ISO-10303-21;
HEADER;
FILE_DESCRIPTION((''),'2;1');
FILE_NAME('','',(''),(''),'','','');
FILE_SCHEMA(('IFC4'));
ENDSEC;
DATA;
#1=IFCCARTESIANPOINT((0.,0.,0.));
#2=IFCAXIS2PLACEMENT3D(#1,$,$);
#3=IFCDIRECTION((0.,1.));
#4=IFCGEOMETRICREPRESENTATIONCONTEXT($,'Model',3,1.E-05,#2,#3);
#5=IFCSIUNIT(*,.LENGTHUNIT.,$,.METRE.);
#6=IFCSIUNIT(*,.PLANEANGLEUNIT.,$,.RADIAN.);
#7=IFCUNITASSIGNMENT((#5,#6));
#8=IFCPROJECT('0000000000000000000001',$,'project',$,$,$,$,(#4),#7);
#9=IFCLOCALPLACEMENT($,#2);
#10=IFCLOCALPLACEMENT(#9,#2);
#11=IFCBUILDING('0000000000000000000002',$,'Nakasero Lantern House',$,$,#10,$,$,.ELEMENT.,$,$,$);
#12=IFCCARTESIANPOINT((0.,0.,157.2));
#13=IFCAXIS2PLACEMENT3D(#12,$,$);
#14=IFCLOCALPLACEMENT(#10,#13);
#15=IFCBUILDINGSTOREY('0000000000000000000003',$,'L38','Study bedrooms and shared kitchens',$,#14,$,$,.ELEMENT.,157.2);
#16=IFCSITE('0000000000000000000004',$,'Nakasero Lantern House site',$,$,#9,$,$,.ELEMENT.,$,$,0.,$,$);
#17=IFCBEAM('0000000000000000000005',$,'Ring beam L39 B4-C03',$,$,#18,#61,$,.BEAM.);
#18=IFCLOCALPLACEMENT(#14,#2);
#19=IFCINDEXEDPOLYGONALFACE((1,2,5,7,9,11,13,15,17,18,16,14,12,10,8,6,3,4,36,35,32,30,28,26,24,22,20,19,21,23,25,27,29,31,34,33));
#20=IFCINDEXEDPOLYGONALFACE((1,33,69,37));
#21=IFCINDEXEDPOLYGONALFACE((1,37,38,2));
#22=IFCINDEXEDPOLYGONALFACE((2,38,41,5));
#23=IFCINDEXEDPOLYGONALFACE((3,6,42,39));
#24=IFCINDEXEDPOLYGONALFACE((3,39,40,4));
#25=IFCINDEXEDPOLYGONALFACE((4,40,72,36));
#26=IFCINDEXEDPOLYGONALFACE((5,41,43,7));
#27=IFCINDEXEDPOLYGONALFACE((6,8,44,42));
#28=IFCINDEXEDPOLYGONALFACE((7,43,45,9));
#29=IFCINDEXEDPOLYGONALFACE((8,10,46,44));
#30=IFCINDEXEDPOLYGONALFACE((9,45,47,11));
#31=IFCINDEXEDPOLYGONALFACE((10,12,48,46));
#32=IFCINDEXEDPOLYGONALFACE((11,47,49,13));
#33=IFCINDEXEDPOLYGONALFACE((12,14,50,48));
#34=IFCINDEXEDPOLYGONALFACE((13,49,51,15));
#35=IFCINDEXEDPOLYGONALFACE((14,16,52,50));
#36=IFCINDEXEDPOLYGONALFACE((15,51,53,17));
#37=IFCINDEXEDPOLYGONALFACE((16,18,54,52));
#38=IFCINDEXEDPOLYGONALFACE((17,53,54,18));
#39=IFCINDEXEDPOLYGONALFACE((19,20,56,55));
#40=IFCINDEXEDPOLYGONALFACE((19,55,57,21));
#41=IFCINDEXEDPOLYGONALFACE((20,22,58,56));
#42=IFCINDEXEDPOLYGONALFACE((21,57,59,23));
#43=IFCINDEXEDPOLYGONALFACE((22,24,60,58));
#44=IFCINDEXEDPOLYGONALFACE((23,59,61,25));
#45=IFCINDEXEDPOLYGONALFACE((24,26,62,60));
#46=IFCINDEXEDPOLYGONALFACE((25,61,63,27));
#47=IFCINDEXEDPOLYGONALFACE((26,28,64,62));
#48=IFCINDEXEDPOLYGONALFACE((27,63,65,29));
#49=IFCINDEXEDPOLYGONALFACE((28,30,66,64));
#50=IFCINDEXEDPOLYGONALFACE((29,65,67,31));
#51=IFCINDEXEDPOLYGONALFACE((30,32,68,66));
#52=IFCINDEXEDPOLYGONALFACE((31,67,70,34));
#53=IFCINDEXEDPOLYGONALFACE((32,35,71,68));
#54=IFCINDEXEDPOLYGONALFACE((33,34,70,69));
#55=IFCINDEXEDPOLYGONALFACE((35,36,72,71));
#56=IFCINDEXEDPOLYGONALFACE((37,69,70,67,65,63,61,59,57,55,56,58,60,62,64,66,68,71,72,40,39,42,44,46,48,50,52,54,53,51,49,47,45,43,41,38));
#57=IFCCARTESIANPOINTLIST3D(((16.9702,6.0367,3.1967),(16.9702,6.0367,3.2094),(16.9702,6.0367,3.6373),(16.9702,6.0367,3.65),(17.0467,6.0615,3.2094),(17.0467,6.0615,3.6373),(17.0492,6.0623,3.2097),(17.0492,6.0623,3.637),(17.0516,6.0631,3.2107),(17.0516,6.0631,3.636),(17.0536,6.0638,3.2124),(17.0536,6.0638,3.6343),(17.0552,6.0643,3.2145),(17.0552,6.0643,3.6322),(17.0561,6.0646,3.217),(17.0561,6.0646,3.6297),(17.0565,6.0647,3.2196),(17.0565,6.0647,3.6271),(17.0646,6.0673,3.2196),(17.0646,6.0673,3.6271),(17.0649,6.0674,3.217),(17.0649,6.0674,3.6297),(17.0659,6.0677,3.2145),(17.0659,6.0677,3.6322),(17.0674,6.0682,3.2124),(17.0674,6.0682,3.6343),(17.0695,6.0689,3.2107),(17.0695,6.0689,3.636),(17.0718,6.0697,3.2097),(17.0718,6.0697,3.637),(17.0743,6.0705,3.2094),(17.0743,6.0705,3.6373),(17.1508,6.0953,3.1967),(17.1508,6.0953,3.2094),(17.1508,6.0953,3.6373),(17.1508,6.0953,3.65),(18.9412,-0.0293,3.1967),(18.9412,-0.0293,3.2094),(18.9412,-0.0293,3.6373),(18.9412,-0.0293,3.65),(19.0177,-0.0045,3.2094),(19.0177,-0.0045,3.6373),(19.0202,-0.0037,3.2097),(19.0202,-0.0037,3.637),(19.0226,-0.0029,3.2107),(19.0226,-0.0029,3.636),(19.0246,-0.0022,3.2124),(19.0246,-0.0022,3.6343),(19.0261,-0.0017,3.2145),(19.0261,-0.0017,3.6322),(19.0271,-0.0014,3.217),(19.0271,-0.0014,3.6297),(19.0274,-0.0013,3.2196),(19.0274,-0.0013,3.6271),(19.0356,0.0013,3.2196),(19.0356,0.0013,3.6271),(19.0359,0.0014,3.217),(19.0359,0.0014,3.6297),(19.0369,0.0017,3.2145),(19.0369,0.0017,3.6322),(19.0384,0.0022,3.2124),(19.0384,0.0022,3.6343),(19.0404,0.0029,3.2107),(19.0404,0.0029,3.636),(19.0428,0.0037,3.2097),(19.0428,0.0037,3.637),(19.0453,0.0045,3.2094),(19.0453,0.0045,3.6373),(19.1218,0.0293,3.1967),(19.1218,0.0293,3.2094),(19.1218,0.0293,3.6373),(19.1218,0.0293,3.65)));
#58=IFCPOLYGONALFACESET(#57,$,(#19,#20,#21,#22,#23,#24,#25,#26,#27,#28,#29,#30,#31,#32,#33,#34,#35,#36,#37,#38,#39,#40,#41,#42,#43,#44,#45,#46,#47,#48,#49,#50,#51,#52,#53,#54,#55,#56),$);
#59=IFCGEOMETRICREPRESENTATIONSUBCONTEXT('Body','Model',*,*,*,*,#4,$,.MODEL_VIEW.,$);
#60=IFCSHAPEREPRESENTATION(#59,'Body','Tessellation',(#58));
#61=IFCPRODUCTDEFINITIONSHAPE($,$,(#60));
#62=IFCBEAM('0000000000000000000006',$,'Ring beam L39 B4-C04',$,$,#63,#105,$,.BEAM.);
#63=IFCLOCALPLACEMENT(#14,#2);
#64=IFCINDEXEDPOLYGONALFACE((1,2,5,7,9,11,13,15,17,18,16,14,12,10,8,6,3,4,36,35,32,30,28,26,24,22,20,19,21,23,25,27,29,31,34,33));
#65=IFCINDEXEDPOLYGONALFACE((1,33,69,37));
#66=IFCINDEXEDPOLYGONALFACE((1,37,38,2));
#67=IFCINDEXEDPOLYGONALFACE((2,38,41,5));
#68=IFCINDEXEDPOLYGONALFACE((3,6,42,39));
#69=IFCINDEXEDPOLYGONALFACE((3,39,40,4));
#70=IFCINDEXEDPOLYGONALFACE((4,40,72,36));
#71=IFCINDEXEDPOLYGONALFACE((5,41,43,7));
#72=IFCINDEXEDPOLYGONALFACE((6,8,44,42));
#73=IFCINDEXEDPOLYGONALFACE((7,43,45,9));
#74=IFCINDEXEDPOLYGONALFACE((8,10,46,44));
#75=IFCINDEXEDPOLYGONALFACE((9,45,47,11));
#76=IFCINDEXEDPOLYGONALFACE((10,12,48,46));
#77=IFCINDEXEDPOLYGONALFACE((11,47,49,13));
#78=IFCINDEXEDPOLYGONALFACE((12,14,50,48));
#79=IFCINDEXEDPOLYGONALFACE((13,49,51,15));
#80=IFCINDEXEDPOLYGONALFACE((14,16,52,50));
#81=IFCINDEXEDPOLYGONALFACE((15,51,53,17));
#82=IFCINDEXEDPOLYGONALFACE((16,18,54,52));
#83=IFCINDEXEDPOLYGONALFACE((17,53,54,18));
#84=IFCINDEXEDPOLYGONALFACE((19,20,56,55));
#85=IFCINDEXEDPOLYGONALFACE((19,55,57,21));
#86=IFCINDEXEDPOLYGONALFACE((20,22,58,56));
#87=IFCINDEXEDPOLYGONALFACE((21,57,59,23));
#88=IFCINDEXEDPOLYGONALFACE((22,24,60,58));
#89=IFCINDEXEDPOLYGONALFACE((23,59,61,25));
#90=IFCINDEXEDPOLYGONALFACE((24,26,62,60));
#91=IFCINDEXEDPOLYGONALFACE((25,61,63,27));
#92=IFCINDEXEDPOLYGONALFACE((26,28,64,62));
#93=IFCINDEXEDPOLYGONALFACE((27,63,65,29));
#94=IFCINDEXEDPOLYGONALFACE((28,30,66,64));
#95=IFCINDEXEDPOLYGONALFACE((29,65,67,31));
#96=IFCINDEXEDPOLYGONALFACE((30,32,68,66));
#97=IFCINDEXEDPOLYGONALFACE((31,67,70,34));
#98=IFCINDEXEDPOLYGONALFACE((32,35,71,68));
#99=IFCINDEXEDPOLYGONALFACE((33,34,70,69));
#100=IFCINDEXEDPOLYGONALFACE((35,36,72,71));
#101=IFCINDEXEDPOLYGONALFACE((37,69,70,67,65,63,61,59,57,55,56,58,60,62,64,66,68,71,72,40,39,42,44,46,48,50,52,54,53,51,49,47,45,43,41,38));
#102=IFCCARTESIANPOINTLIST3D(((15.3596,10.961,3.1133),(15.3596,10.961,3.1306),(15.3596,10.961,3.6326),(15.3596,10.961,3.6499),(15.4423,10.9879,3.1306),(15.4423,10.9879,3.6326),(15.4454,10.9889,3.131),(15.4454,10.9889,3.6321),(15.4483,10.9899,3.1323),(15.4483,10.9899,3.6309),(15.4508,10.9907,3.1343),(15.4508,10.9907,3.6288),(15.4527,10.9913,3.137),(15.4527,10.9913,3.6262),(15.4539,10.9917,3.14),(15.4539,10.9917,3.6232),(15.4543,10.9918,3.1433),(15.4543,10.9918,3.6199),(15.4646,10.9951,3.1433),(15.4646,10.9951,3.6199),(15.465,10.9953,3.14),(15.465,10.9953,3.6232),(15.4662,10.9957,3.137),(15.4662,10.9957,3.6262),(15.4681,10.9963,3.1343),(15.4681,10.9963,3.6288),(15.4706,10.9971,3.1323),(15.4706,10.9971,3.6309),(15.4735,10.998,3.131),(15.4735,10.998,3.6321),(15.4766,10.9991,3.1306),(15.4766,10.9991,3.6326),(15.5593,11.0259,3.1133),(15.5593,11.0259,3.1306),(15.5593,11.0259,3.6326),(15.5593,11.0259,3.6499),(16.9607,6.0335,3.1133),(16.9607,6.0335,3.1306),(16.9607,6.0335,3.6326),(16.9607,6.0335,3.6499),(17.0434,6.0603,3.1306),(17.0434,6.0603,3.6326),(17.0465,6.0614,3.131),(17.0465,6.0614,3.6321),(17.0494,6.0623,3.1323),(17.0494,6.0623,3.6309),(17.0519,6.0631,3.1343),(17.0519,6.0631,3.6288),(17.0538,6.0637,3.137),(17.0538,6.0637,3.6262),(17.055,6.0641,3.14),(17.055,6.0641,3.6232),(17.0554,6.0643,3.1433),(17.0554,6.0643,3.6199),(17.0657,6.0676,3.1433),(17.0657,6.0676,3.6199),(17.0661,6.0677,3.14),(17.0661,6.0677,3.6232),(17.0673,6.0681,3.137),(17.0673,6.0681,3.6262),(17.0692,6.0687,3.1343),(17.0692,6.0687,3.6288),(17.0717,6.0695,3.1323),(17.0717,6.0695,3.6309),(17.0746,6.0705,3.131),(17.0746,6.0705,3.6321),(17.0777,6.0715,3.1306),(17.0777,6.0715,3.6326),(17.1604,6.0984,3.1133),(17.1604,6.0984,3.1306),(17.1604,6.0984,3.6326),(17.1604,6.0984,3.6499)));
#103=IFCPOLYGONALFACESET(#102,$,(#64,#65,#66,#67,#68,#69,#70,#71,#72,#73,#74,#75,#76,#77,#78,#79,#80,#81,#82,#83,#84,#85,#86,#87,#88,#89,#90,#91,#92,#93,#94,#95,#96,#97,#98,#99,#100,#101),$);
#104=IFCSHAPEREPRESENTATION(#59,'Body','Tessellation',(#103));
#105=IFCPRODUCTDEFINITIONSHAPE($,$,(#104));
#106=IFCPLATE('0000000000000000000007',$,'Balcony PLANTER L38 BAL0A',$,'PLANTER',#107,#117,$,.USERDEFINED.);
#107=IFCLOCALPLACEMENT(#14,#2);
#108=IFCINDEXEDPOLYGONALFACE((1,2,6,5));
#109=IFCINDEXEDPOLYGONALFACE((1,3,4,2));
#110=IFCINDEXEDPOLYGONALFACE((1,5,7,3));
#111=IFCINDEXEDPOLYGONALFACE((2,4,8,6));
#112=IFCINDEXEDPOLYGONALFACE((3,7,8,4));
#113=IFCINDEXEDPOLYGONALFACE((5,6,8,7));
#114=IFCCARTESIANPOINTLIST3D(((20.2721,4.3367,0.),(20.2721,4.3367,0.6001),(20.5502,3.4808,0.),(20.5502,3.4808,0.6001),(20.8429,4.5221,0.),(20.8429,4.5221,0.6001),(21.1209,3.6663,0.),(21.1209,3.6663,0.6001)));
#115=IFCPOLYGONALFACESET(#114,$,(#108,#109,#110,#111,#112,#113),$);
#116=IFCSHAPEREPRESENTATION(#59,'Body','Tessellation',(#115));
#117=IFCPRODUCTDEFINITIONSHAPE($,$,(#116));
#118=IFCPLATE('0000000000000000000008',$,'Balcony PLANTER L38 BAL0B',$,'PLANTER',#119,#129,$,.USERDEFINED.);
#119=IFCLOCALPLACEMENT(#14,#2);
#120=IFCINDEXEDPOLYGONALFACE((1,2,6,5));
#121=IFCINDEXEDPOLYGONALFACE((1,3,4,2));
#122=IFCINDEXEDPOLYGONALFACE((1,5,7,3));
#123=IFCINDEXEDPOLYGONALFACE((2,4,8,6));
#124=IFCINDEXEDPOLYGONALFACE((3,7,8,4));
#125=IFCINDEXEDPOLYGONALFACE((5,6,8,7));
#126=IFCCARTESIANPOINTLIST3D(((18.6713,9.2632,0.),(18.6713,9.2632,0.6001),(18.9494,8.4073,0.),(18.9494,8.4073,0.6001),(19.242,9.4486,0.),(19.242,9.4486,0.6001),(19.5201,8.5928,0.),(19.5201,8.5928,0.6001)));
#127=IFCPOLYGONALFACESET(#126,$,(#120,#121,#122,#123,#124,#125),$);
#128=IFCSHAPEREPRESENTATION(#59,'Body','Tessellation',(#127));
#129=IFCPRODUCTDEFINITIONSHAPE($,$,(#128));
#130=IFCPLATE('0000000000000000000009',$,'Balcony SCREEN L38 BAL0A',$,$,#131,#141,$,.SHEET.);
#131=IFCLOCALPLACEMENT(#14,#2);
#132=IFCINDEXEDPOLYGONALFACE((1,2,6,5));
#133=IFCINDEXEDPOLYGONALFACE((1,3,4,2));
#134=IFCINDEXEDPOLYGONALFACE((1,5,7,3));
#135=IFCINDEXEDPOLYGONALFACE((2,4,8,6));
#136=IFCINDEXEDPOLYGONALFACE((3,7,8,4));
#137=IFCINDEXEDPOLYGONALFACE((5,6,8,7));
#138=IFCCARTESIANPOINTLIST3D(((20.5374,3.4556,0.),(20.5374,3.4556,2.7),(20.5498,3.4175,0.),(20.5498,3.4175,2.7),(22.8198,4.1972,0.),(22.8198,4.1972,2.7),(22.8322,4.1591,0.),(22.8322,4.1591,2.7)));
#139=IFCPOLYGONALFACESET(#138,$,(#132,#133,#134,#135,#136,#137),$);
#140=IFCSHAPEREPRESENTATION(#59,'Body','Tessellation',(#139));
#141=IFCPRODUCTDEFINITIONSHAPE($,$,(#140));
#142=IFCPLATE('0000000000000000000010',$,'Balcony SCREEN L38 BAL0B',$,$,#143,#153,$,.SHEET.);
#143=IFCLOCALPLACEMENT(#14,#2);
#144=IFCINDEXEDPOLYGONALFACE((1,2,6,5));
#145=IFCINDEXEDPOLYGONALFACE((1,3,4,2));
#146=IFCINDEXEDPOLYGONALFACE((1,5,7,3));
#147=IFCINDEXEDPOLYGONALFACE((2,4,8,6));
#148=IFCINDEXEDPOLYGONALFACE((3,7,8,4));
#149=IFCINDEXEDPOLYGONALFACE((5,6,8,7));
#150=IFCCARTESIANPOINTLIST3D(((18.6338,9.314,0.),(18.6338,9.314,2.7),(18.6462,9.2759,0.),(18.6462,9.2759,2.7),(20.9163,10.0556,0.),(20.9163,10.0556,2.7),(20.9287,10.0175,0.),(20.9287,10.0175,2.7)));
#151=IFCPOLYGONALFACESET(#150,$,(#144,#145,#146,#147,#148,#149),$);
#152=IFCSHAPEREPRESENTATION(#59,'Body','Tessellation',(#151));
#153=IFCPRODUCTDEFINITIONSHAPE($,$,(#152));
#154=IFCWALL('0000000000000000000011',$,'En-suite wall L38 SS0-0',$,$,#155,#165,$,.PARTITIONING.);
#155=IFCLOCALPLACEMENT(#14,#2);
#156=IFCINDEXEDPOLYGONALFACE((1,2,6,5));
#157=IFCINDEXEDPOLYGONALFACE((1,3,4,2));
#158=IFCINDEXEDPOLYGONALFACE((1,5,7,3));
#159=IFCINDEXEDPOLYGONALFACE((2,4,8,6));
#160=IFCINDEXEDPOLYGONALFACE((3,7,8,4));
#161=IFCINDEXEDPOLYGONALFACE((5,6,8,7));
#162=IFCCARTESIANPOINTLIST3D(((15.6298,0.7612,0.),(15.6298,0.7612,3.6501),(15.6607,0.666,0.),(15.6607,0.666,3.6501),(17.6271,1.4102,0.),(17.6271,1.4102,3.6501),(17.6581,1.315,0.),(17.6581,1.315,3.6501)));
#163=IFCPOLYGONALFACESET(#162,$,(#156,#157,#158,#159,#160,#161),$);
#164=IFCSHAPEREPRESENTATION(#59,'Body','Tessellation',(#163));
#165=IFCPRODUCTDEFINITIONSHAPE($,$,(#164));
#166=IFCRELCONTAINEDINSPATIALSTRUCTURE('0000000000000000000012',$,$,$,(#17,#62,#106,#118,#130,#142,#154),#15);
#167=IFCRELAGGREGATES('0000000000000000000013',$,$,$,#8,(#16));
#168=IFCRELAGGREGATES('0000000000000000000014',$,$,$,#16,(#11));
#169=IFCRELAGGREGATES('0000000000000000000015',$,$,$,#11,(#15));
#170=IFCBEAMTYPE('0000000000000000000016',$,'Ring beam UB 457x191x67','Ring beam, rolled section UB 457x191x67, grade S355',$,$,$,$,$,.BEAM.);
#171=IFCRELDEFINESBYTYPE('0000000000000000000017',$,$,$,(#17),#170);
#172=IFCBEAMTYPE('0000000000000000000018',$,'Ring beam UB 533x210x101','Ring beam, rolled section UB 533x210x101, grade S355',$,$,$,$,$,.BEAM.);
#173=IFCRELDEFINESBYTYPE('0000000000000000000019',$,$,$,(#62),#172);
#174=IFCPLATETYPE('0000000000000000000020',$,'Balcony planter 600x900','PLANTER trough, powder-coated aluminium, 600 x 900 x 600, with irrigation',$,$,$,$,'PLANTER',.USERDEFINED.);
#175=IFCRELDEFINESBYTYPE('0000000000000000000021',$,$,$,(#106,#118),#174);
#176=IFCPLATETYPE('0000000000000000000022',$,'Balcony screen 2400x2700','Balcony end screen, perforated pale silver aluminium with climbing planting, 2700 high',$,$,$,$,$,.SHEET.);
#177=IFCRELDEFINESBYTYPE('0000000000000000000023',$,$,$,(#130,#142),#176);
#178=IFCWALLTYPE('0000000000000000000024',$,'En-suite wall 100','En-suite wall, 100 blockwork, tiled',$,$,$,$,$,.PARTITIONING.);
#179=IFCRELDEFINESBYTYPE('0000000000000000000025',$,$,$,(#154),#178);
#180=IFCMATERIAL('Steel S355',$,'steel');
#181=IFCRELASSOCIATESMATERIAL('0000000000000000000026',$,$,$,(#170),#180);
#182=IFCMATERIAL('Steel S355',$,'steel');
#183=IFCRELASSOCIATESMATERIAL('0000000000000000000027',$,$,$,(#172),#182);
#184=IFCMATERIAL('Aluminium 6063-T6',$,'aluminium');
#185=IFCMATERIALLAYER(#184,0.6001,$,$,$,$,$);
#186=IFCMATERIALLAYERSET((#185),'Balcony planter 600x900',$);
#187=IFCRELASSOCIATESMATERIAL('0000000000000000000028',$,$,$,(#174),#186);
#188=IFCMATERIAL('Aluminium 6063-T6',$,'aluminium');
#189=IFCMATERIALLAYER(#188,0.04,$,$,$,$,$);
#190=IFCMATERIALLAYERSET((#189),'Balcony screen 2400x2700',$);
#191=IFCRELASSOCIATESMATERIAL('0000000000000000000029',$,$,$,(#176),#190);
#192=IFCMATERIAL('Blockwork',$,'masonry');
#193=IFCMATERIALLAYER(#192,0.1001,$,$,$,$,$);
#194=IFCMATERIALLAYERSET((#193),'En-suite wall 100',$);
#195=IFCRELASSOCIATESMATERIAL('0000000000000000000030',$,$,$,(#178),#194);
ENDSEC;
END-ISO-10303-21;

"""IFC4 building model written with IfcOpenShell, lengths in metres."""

from ifc_helpers import new_model, si_unit, direction, frame, frame_2d, origin, origin_2d, place, context, subcontext, project, spatial, rectangle, i_section, extrude, material, layer, layer_set, material_profile, profile_set, type_object, element, save


model = new_model("IFC4")

# Units and contexts
model_context = context("Model", 3, precision=1e-05, world=origin(), true_north=direction((0.0, 1.0)))
body_context = subcontext(model_context, "Body", "Model", "MODEL_VIEW")
ifc_project = project(units=[si_unit("LENGTHUNIT", "METRE"), si_unit("PLANEANGLEUNIT", "RADIAN")], contexts=[model_context])

# Site, building, storey
site_placement = place(None, origin())
site = spatial("IfcSite", under=ifc_project, at=site_placement, Name="Nakasero Lantern House site", CompositionType="ELEMENT", RefElevation=0.0)
building_placement = place(site_placement, origin())
building = spatial("IfcBuilding", under=site, at=building_placement, Name="Nakasero Lantern House", CompositionType="ELEMENT")
storey_placement = place(building_placement, frame((0.0, 0.0, 157.2)))
storey = spatial("IfcBuildingStorey", under=building, at=storey_placement, Name="L38", Description="Study bedrooms and shared kitchens", CompositionType="ELEMENT", Elevation=157.2)

# Beams
ifc_material_1 = material(Name="Steel S355", Category="steel")
ifc_material_profile_1 = material_profile(ifc_material_1, i_section(OverallWidth=0.1899, OverallDepth=0.4534, WebThickness=0.0085, FlangeThickness=0.0127, FilletRadius=0.0103, at=origin_2d()), Name="UB 457x191x67")
ifc_profile_set_1 = profile_set([ifc_material_profile_1], Name="Steel S355")
beam_type_1 = type_object("IfcBeamType", Name="Ring beam UB 457x191x67", Description="Ring beam, rolled section UB 457x191x67, grade S355", PredefinedType="BEAM", material=ifc_profile_set_1)
beam_1_placement = place(storey_placement, frame((19.0315, 0.0, 3.4233), z_axis=(-0.309019, 0.951056, 0.0), x_axis=(-0.951056, -0.309019, 0.0)))
element("IfcBeam", 1, at=beam_1_placement, inside=storey, type_object=beam_type_1, Name="Ring beam L39 B4-C03", PredefinedType="BEAM", context=body_context, shape_type="SweptSolid", body=[
    extrude(i_section(OverallWidth=0.1899, OverallDepth=0.4534, WebThickness=0.0085, FlangeThickness=0.0127, FilletRadius=0.0103, at=origin_2d()), origin(), (0.0, 0.0, 1.0), 6.3782),
])
ifc_material_2 = material(Name="Steel S355", Category="steel")
ifc_material_profile_2 = material_profile(ifc_material_2, i_section(OverallWidth=0.21, OverallDepth=0.5366, WebThickness=0.0107, FlangeThickness=0.0173, FilletRadius=0.0127, at=origin_2d()), Name="UB 533x210x101")
ifc_profile_set_2 = profile_set([ifc_material_profile_2], Name="Steel S355")
beam_type_2 = type_object("IfcBeamType", Name="Ring beam UB 533x210x101", Description="Ring beam, rolled section UB 533x210x101, grade S355", PredefinedType="BEAM", material=ifc_profile_set_2)
beam_2_placement = place(storey_placement, frame((17.0605, 6.0659, 3.3816), z_axis=(-0.309023, 0.951054, 0.0), x_axis=(-0.951054, -0.309023, 0.0)))
element("IfcBeam", 2, at=beam_2_placement, inside=storey, type_object=beam_type_2, Name="Ring beam L39 B4-C04", PredefinedType="BEAM", context=body_context, shape_type="SweptSolid", body=[
    extrude(i_section(OverallWidth=0.21, OverallDepth=0.5366, WebThickness=0.0107, FlangeThickness=0.0173, FilletRadius=0.0127, at=origin_2d()), origin(), (0.0, 0.0, 1.0), 5.1812),
])

# Plates
ifc_material_3 = material(Name="Aluminium 6063-T6", Category="aluminium")
ifc_layer_1 = layer(ifc_material_3, 0.6001)
ifc_layer_set_1 = layer_set([ifc_layer_1], Name="Balcony planter 600x900")
plate_type_1 = type_object("IfcPlateType", Name="Balcony planter 600x900", Description="PLANTER trough, powder-coated aluminium, 600 x 900 x 600, with irrigation", ElementType="PLANTER", PredefinedType="USERDEFINED", material=ifc_layer_set_1)
for number, where, z_axis, x_axis, name in (
    (3, (20.6965, 4.0015, 0.0), (0.0, 0.0, 1.0), (0.951057, 0.309017, 0.0), "Balcony PLANTER L38 BAL0A"),
    (4, (19.0957, 8.928, 0.0), (0.0, 0.0, 1.0), (0.951057, 0.309017, 0.0), "Balcony PLANTER L38 BAL0B"),
):
    element("IfcPlate", number, at=place(storey_placement, frame(where, z_axis=z_axis, x_axis=x_axis)), inside=storey, type_object=plate_type_1, Name=name, ObjectType="PLANTER", PredefinedType="USERDEFINED", context=body_context, shape_type="SweptSolid", body=[
        extrude(rectangle(XDim=0.6001, YDim=0.8999, at=origin_2d()), origin(), (0.0, 0.0, 1.0), 0.6001),
    ])
ifc_material_4 = material(Name="Aluminium 6063-T6", Category="aluminium")
ifc_layer_2 = layer(ifc_material_4, 0.04)
ifc_layer_set_2 = layer_set([ifc_layer_2], Name="Balcony screen 2400x2700")
plate_type_2 = type_object("IfcPlateType", Name="Balcony screen 2400x2700", Description="Balcony end screen, perforated pale silver aluminium with climbing planting, 2700 high", PredefinedType="SHEET", material=ifc_layer_set_2)
for number, where, z_axis, x_axis, name in (
    (5, (21.6848, 3.8074, 0.0), (0.0, 0.0, 1.0), (0.951057, 0.309017, 0.0), "Balcony SCREEN L38 BAL0A"),
    (6, (19.7812, 9.6658, 0.0), (0.0, 0.0, 1.0), (0.951057, 0.309017, 0.0), "Balcony SCREEN L38 BAL0B"),
):
    element("IfcPlate", number, at=place(storey_placement, frame(where, z_axis=z_axis, x_axis=x_axis)), inside=storey, type_object=plate_type_2, Name=name, PredefinedType="SHEET", context=body_context, shape_type="SweptSolid", body=[
        extrude(rectangle(XDim=2.3999, YDim=0.04, at=origin_2d()), origin(), (0.0, 0.0, 1.0), 2.7),
    ])

# Wall
ifc_material_5 = material(Name="Blockwork", Category="masonry")
ifc_layer_3 = layer(ifc_material_5, 0.1001)
ifc_layer_set_3 = layer_set([ifc_layer_3], Name="En-suite wall 100")
wall_type_1 = type_object("IfcWallType", Name="En-suite wall 100", Description="En-suite wall, 100 blockwork, tiled", PredefinedType="PARTITIONING", material=ifc_layer_set_3)
wall_1_placement = place(storey_placement, frame((15.6453, 0.7136, 0.0), z_axis=(0.0, 0.0, 1.0), x_axis=(0.951062, 0.308999, 0.0)))
element("IfcWall", 7, at=wall_1_placement, inside=storey, type_object=wall_type_1, Name="En-suite wall L38 SS0-0", PredefinedType="PARTITIONING", context=body_context, shape_type="SweptSolid", body=[
    extrude(rectangle(XDim=2.1001, YDim=0.1001, at=frame_2d((1.05, 0.0))), origin(), (0.0, 0.0, 1.0), 3.6501),
])

save(model, "model.ifc")
